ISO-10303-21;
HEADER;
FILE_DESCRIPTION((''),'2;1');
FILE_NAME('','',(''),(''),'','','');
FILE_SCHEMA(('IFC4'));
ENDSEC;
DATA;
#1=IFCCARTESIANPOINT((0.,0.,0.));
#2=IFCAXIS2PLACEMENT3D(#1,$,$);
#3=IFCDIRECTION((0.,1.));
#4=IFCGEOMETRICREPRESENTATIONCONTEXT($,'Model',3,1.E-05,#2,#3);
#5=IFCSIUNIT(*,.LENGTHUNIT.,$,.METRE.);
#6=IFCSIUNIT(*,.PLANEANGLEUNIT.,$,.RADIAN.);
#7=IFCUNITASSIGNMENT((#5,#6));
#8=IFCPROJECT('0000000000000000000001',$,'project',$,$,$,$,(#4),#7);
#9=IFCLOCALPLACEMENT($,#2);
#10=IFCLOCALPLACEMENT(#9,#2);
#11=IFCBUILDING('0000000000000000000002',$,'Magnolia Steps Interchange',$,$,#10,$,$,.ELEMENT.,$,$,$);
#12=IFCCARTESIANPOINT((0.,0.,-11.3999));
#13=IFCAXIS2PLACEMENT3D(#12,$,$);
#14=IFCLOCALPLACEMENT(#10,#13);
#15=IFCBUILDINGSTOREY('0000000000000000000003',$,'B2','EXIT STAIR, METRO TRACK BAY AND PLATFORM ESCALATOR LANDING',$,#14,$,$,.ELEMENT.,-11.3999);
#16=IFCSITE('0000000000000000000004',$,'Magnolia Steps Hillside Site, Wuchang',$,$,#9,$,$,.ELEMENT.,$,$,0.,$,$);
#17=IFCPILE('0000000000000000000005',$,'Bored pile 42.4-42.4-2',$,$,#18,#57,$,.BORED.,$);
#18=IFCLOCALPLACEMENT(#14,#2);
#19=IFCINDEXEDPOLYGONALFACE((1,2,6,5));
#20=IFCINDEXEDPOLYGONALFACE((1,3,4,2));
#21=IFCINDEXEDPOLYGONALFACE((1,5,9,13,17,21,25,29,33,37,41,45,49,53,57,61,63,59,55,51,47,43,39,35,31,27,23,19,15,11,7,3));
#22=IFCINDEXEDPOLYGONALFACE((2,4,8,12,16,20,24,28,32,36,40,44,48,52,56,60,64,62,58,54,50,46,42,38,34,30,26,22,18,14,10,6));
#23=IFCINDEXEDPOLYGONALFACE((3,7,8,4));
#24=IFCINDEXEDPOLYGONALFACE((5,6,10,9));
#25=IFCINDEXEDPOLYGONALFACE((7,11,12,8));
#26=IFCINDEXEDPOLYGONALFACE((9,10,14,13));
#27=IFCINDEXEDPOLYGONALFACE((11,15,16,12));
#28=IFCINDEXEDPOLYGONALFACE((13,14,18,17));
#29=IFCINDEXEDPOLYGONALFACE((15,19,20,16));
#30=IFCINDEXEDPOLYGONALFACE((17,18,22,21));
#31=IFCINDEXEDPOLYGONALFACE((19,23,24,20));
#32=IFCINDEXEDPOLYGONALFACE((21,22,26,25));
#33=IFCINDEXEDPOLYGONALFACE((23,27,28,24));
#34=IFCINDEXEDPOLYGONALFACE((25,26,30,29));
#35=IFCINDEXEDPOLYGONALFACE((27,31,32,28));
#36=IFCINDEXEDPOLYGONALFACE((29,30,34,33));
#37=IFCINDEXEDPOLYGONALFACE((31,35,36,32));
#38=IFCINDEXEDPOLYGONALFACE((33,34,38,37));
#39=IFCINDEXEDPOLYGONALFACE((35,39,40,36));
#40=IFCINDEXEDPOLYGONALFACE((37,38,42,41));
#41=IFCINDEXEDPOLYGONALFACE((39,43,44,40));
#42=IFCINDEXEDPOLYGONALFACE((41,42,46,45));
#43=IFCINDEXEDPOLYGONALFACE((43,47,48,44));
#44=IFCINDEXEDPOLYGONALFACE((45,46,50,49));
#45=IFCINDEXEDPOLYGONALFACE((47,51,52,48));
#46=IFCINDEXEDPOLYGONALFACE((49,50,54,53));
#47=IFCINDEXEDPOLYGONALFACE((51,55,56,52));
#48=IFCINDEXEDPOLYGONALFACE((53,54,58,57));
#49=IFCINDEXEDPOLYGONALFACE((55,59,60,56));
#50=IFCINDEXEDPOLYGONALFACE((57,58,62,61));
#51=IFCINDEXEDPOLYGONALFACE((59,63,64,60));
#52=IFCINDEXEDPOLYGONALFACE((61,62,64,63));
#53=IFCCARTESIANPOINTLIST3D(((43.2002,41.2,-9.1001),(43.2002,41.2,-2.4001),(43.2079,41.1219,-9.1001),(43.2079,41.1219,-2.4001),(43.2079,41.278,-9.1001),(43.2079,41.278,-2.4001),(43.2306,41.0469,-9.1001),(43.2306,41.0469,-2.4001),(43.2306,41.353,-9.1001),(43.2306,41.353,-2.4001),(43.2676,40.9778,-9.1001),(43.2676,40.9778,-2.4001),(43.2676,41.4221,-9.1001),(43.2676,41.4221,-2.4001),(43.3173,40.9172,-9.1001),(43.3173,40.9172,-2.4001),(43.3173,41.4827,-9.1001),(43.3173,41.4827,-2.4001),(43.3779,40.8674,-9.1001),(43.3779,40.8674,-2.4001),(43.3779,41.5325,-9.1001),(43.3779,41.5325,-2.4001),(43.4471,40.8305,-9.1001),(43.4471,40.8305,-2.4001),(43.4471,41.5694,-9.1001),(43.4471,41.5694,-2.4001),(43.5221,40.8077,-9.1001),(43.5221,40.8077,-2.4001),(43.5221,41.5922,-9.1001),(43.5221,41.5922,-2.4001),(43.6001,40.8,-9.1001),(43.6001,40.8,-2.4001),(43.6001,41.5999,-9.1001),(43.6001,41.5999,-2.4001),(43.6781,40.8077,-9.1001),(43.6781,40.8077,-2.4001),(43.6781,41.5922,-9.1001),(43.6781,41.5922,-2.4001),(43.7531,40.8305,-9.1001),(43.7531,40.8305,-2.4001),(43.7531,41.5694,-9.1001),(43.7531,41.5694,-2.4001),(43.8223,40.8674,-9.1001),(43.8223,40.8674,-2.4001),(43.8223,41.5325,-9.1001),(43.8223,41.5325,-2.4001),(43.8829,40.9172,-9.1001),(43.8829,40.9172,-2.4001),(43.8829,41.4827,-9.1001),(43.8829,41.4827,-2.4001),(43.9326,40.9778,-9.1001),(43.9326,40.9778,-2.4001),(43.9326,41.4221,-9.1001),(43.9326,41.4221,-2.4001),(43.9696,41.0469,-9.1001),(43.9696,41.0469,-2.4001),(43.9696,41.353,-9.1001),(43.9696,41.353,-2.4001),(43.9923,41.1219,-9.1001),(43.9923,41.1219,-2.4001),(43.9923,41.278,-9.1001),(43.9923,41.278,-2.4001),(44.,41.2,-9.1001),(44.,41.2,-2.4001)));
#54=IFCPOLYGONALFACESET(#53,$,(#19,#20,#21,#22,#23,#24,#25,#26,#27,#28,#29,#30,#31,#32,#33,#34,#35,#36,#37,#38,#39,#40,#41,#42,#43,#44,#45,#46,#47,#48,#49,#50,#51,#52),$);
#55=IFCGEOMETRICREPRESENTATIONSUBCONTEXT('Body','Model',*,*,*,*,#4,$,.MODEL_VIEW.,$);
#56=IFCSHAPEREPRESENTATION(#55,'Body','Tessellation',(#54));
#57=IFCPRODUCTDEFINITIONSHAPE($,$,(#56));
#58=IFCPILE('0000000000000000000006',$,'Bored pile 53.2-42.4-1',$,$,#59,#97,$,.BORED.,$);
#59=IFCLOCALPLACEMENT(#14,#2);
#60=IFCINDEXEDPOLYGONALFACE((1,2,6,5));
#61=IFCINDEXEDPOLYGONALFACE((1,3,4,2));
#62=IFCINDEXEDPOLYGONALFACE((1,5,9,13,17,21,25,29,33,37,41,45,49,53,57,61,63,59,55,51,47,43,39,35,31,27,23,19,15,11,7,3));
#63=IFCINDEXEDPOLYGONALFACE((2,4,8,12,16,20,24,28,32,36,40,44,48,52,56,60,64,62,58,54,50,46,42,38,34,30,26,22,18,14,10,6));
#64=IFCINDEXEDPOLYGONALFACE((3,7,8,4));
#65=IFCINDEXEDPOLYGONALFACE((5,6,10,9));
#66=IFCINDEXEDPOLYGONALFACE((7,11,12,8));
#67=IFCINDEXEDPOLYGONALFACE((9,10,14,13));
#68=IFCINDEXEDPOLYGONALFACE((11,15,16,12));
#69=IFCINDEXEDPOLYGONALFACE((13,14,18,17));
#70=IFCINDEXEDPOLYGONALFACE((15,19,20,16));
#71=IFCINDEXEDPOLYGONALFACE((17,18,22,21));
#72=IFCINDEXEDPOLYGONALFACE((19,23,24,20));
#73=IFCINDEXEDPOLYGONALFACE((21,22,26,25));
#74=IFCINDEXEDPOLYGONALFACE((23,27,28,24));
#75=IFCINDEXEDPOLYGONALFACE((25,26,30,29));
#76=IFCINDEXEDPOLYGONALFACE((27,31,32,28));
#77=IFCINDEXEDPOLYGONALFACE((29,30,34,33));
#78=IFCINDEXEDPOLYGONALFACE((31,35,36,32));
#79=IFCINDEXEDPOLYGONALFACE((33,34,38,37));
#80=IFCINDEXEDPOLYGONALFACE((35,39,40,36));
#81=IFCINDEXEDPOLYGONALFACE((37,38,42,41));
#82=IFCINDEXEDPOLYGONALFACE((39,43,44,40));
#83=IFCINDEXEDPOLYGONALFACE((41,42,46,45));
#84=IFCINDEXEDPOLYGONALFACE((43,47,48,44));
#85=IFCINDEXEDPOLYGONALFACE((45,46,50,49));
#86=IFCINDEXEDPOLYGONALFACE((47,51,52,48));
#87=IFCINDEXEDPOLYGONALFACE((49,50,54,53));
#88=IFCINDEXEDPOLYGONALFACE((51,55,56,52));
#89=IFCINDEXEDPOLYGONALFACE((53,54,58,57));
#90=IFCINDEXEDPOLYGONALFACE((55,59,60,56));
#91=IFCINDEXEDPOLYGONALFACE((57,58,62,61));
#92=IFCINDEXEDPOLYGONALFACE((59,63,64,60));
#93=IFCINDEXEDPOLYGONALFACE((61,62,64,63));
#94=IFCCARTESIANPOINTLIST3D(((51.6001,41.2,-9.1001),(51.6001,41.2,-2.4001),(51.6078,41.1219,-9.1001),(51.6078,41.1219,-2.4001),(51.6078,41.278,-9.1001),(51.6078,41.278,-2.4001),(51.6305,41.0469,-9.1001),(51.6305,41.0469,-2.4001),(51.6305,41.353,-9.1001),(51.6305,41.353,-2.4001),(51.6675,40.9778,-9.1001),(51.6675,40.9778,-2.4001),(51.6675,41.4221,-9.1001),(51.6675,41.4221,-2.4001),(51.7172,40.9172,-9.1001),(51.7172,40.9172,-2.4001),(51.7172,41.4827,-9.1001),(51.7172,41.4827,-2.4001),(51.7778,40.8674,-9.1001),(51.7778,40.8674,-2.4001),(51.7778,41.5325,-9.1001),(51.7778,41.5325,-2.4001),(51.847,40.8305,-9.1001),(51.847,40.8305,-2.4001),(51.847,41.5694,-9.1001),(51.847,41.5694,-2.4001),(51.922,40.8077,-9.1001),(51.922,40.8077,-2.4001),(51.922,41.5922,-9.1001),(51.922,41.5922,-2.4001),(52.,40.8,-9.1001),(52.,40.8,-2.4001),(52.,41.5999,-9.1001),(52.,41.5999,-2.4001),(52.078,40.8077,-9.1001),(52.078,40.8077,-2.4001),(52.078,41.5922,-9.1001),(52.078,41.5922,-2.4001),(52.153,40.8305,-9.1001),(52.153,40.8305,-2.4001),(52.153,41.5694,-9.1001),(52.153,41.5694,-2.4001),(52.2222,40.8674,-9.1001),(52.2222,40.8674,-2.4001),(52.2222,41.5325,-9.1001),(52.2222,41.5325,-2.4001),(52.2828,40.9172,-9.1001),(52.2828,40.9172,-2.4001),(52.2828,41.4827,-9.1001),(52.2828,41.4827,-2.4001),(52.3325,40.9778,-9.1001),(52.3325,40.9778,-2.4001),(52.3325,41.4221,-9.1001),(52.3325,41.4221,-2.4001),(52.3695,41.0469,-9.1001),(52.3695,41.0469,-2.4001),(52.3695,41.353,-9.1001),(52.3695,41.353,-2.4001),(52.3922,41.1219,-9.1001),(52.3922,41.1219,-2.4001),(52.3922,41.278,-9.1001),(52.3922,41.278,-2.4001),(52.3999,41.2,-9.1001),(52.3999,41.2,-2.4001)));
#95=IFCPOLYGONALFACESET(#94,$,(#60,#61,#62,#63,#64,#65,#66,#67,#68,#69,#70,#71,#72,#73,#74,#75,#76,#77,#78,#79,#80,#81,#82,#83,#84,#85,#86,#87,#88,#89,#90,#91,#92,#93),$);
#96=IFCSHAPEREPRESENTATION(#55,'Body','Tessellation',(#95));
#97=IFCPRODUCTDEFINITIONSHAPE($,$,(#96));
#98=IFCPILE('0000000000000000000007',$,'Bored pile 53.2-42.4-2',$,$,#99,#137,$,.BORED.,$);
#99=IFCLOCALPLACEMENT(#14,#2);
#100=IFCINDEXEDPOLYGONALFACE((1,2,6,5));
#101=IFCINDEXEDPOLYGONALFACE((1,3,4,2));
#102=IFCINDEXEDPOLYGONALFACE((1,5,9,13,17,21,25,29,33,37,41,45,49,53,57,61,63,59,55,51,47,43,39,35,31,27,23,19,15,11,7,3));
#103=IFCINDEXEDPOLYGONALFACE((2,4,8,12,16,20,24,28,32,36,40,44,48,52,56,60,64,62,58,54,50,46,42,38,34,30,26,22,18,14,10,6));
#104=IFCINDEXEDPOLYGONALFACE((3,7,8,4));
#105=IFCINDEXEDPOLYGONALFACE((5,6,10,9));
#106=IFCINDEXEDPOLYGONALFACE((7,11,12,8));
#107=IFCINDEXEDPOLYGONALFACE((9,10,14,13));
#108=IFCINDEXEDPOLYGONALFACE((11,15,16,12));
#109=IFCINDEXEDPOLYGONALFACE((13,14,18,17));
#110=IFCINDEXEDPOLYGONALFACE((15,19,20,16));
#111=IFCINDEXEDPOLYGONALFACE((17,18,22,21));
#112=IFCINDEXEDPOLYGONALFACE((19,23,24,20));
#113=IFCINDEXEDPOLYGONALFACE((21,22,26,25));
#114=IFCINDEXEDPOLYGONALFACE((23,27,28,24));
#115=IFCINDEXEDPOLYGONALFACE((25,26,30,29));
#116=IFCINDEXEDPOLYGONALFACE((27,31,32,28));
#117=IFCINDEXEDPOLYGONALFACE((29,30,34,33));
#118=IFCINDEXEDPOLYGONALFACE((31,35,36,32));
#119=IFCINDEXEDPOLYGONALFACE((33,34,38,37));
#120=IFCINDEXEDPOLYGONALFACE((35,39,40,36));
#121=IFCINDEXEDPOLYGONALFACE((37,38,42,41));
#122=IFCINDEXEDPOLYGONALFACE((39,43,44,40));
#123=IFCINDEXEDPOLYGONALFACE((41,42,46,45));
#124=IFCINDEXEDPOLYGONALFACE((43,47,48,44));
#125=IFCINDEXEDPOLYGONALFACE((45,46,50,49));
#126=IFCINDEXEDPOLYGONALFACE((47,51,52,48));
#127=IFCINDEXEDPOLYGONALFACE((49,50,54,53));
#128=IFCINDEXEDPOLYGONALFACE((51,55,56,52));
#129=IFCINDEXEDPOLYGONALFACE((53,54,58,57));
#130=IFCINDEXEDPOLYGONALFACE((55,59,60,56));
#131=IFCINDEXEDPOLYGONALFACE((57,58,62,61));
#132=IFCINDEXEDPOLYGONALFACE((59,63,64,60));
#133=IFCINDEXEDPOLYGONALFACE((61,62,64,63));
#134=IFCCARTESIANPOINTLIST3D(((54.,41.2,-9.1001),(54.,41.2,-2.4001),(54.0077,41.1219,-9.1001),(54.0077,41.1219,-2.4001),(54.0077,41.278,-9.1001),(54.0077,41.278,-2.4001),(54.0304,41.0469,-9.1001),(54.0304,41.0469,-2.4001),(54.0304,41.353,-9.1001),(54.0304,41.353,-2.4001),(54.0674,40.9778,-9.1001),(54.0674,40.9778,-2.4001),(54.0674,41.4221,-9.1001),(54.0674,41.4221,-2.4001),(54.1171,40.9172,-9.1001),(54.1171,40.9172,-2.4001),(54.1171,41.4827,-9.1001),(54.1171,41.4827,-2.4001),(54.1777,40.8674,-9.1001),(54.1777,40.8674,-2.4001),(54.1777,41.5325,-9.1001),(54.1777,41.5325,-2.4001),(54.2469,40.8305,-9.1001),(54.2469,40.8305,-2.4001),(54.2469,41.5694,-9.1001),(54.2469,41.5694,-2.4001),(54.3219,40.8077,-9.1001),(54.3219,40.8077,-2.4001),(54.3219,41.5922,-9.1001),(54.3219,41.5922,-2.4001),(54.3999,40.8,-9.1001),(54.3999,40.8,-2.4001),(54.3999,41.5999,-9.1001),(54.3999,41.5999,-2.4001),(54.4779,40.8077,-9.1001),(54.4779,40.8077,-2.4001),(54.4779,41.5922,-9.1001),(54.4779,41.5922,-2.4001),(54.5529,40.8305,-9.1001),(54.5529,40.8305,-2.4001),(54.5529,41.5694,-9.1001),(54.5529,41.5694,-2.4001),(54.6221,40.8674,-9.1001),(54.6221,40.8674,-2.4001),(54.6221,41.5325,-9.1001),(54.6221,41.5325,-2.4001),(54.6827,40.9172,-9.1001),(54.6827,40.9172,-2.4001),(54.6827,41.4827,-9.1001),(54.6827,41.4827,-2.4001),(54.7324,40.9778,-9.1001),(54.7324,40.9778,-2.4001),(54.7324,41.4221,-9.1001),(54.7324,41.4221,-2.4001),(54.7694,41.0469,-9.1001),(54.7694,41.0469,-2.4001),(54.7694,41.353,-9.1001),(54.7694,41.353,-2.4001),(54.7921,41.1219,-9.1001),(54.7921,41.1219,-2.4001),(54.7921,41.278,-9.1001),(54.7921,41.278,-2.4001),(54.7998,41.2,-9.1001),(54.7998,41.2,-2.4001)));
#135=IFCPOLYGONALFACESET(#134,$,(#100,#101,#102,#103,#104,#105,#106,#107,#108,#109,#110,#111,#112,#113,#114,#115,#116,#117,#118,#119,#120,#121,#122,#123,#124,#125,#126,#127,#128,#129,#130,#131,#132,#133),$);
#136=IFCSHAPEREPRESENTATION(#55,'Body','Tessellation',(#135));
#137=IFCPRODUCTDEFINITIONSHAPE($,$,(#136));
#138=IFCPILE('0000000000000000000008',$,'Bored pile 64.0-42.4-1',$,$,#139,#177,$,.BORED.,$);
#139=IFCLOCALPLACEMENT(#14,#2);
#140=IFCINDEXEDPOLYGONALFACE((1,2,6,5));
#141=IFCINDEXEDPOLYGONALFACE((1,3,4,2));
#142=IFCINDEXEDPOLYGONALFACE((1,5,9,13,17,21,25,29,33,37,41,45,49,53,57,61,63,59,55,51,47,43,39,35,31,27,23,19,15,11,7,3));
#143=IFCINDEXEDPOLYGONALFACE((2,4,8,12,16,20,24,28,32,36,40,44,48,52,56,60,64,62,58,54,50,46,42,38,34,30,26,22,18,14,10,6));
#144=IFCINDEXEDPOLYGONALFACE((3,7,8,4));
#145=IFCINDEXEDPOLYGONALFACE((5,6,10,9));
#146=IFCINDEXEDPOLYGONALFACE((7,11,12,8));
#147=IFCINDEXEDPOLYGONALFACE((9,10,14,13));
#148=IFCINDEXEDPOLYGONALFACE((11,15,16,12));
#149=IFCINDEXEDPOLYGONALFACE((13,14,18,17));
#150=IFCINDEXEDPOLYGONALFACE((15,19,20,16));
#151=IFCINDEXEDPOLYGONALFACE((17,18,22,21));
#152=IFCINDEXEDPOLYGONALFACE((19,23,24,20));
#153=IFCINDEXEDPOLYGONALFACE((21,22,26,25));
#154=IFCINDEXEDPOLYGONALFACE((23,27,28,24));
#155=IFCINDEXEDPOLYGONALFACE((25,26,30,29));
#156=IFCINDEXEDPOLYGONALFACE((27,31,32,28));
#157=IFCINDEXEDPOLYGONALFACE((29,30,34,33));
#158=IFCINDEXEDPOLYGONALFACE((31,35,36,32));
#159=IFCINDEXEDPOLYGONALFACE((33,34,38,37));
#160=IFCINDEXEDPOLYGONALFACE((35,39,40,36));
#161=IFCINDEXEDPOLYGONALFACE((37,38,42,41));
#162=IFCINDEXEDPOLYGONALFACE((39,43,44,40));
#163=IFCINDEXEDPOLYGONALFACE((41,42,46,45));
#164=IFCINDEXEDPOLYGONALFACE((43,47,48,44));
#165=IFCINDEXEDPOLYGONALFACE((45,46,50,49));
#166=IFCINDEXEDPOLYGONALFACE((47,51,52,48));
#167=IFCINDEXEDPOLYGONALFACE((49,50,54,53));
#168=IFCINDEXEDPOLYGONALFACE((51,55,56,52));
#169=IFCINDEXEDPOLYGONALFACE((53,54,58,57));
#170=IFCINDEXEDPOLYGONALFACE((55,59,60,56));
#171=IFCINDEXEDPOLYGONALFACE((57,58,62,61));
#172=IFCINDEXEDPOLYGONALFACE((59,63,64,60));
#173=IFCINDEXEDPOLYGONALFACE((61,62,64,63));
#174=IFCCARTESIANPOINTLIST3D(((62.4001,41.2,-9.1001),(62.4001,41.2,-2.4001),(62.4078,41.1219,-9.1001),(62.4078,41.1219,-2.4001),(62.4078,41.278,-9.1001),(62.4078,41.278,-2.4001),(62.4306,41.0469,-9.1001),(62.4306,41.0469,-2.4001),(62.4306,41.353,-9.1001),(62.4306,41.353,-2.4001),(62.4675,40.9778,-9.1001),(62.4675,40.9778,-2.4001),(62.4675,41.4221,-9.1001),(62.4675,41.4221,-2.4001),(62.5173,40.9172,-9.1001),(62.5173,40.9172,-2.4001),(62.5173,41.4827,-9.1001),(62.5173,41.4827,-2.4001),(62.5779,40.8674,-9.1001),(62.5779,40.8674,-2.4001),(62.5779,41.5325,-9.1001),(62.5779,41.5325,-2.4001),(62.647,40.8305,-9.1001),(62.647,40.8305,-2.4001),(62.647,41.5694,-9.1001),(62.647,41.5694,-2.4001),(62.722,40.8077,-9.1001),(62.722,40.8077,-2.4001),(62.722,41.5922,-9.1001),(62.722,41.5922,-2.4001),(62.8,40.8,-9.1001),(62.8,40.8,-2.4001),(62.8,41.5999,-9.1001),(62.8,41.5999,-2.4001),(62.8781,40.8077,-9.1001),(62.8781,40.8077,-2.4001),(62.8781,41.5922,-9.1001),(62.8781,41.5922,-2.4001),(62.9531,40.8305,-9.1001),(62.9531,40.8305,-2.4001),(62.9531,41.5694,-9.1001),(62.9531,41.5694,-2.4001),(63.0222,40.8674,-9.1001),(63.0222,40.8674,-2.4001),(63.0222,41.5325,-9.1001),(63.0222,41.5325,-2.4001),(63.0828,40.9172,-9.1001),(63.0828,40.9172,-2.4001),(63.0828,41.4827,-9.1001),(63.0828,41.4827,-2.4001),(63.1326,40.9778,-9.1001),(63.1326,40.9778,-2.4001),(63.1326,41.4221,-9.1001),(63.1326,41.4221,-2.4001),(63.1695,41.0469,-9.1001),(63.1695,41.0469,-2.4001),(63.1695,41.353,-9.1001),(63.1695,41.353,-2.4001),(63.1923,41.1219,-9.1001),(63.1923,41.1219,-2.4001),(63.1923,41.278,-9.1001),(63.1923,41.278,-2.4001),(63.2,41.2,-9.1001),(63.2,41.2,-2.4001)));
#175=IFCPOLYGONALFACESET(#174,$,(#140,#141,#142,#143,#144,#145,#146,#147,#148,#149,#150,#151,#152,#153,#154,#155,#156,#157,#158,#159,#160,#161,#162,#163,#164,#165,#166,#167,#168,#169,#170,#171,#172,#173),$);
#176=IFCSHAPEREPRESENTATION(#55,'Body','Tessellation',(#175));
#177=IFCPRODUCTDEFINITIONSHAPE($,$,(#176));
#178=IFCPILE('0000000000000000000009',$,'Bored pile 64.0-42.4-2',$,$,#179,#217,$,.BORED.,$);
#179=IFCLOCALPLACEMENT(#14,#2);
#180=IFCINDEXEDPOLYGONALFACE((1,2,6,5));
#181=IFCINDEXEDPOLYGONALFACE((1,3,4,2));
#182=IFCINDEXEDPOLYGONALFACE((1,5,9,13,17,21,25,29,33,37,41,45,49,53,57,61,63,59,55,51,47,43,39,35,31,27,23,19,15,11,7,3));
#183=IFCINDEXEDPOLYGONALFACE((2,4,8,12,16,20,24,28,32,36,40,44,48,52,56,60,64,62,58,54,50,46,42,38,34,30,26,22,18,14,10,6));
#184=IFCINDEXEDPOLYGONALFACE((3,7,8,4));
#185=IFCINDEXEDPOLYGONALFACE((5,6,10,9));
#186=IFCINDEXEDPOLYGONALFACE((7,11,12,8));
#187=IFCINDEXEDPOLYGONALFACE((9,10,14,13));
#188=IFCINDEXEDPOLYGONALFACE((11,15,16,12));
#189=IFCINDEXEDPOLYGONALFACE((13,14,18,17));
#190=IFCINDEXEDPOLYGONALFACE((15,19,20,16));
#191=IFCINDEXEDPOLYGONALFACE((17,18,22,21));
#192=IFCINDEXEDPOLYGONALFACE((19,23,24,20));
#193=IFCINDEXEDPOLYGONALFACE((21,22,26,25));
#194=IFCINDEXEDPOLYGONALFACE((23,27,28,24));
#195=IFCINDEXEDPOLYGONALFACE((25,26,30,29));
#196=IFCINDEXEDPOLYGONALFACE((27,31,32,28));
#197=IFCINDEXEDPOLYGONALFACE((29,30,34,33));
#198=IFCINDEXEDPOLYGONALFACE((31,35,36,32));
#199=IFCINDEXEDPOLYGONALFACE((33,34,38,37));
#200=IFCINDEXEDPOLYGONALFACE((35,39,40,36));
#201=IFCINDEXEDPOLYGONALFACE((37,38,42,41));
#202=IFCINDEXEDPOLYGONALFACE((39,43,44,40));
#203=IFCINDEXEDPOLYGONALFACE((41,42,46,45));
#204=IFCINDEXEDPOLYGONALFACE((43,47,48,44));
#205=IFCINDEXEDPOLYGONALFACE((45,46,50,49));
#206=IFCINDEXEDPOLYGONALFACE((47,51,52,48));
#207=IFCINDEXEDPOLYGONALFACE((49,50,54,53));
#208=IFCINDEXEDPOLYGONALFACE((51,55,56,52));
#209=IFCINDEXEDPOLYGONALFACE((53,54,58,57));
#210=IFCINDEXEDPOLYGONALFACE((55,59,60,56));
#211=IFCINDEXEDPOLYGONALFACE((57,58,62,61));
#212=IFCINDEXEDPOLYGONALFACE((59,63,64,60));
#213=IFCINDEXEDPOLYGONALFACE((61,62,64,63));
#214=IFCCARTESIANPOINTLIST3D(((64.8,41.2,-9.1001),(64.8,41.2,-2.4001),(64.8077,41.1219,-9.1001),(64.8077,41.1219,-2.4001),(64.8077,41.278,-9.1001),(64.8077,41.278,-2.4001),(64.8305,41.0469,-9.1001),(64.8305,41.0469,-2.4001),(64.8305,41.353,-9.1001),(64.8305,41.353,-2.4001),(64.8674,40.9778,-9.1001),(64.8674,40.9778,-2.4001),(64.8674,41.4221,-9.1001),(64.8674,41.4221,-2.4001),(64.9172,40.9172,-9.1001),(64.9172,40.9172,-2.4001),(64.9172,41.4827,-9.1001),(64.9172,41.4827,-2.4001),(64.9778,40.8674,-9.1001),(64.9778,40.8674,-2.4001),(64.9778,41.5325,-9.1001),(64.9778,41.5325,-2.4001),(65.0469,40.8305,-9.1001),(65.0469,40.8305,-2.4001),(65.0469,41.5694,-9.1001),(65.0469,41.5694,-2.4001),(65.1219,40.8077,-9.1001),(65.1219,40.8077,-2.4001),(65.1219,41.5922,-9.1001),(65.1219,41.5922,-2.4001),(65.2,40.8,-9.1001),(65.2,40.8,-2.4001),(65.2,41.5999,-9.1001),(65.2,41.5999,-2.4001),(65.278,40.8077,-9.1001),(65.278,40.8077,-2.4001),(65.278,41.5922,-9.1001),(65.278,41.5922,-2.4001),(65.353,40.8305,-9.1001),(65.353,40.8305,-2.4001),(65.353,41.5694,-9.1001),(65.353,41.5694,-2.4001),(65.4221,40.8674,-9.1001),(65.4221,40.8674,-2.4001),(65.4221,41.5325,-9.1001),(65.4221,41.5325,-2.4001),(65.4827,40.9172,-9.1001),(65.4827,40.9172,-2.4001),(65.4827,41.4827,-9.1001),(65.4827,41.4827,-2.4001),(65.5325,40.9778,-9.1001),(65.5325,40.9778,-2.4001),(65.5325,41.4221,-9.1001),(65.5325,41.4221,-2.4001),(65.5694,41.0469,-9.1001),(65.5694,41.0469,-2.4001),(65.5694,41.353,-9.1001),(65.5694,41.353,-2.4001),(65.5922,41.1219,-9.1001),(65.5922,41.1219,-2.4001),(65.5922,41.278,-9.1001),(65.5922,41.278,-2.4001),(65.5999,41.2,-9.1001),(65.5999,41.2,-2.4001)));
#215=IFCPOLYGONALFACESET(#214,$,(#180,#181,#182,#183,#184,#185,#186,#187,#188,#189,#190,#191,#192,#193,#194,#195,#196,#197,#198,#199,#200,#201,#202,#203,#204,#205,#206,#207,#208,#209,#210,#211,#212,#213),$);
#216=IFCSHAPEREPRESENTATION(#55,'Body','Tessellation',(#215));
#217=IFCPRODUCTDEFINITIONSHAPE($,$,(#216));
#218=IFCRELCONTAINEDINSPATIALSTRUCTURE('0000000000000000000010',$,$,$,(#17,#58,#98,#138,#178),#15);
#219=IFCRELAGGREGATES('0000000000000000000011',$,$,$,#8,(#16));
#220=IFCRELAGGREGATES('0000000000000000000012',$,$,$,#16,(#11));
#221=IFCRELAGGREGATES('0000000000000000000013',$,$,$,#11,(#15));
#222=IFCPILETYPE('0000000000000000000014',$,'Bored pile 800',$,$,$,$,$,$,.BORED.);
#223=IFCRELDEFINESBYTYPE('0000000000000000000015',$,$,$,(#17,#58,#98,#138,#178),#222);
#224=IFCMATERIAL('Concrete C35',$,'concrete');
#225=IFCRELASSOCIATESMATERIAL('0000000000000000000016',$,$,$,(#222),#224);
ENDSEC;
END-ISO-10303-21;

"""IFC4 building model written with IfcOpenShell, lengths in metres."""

from ifc_helpers import new_model, si_unit, direction, frame, origin, origin_2d, place, context, subcontext, project, spatial, circle, extrude, material, material_profile, profile_set, type_object, element, save


model = new_model("IFC4")

# Units and contexts
model_context = context("Model", 3, precision=1e-05, world=origin(), true_north=direction((0.0, 1.0)))
body_context = subcontext(model_context, "Body", "Model", "MODEL_VIEW")
ifc_project = project(units=[si_unit("LENGTHUNIT", "METRE"), si_unit("PLANEANGLEUNIT", "RADIAN")], contexts=[model_context])

# Site, building, storey
site_placement = place(None, origin())
site = spatial("IfcSite", under=ifc_project, at=site_placement, Name="Magnolia Steps Hillside Site, Wuchang", CompositionType="ELEMENT", RefElevation=0.0)
building_placement = place(site_placement, origin())
building = spatial("IfcBuilding", under=site, at=building_placement, Name="Magnolia Steps Interchange", CompositionType="ELEMENT")
storey_placement = place(building_placement, frame((0.0, 0.0, -11.3999)))
storey = spatial("IfcBuildingStorey", under=building, at=storey_placement, Name="B2", Description="EXIT STAIR, METRO TRACK BAY AND PLATFORM ESCALATOR LANDING", CompositionType="ELEMENT", Elevation=-11.3999)

# Piles
ifc_material_1 = material(Name="Concrete C35", Category="concrete")
ifc_material_profile_1 = material_profile(ifc_material_1, circle(Radius=0.3999, at=origin_2d()), Name="Bored pile 800")
ifc_profile_set_1 = profile_set([ifc_material_profile_1], Name="Concrete C35")
pile_type = type_object("IfcPileType", Name="Bored pile 800", PredefinedType="BORED", material=ifc_profile_set_1)
for number, where, z_axis, x_axis, name in (
    (1, (43.6001, 41.2, -2.4001), (0.0, 0.0, -1.0), (1.0, 0.0, 0.0), "Bored pile 42.4-42.4-2"),
    (2, (52.0, 41.2, -2.4001), (0.0, 0.0, -1.0), (1.0, 0.0, 0.0), "Bored pile 53.2-42.4-1"),
    (3, (54.3999, 41.2, -2.4001), (0.0, 0.0, -1.0), (1.0, 0.0, 0.0), "Bored pile 53.2-42.4-2"),
    (4, (62.8, 41.2, -2.4001), (0.0, 0.0, -1.0), (1.0, 0.0, 0.0), "Bored pile 64.0-42.4-1"),
    (5, (65.2, 41.2, -2.4001), (0.0, 0.0, -1.0), (1.0, 0.0, 0.0), "Bored pile 64.0-42.4-2"),
):
    element("IfcPile", number, at=place(storey_placement, frame(where, z_axis=z_axis, x_axis=x_axis)), inside=storey, type_object=pile_type, Name=name, PredefinedType="BORED", context=body_context, shape_type="SweptSolid", body=[
        extrude(circle(Radius=0.3999, at=origin_2d()), origin(), (0.0, 0.0, 1.0), 6.7),
    ])

save(model, "model.ifc")
